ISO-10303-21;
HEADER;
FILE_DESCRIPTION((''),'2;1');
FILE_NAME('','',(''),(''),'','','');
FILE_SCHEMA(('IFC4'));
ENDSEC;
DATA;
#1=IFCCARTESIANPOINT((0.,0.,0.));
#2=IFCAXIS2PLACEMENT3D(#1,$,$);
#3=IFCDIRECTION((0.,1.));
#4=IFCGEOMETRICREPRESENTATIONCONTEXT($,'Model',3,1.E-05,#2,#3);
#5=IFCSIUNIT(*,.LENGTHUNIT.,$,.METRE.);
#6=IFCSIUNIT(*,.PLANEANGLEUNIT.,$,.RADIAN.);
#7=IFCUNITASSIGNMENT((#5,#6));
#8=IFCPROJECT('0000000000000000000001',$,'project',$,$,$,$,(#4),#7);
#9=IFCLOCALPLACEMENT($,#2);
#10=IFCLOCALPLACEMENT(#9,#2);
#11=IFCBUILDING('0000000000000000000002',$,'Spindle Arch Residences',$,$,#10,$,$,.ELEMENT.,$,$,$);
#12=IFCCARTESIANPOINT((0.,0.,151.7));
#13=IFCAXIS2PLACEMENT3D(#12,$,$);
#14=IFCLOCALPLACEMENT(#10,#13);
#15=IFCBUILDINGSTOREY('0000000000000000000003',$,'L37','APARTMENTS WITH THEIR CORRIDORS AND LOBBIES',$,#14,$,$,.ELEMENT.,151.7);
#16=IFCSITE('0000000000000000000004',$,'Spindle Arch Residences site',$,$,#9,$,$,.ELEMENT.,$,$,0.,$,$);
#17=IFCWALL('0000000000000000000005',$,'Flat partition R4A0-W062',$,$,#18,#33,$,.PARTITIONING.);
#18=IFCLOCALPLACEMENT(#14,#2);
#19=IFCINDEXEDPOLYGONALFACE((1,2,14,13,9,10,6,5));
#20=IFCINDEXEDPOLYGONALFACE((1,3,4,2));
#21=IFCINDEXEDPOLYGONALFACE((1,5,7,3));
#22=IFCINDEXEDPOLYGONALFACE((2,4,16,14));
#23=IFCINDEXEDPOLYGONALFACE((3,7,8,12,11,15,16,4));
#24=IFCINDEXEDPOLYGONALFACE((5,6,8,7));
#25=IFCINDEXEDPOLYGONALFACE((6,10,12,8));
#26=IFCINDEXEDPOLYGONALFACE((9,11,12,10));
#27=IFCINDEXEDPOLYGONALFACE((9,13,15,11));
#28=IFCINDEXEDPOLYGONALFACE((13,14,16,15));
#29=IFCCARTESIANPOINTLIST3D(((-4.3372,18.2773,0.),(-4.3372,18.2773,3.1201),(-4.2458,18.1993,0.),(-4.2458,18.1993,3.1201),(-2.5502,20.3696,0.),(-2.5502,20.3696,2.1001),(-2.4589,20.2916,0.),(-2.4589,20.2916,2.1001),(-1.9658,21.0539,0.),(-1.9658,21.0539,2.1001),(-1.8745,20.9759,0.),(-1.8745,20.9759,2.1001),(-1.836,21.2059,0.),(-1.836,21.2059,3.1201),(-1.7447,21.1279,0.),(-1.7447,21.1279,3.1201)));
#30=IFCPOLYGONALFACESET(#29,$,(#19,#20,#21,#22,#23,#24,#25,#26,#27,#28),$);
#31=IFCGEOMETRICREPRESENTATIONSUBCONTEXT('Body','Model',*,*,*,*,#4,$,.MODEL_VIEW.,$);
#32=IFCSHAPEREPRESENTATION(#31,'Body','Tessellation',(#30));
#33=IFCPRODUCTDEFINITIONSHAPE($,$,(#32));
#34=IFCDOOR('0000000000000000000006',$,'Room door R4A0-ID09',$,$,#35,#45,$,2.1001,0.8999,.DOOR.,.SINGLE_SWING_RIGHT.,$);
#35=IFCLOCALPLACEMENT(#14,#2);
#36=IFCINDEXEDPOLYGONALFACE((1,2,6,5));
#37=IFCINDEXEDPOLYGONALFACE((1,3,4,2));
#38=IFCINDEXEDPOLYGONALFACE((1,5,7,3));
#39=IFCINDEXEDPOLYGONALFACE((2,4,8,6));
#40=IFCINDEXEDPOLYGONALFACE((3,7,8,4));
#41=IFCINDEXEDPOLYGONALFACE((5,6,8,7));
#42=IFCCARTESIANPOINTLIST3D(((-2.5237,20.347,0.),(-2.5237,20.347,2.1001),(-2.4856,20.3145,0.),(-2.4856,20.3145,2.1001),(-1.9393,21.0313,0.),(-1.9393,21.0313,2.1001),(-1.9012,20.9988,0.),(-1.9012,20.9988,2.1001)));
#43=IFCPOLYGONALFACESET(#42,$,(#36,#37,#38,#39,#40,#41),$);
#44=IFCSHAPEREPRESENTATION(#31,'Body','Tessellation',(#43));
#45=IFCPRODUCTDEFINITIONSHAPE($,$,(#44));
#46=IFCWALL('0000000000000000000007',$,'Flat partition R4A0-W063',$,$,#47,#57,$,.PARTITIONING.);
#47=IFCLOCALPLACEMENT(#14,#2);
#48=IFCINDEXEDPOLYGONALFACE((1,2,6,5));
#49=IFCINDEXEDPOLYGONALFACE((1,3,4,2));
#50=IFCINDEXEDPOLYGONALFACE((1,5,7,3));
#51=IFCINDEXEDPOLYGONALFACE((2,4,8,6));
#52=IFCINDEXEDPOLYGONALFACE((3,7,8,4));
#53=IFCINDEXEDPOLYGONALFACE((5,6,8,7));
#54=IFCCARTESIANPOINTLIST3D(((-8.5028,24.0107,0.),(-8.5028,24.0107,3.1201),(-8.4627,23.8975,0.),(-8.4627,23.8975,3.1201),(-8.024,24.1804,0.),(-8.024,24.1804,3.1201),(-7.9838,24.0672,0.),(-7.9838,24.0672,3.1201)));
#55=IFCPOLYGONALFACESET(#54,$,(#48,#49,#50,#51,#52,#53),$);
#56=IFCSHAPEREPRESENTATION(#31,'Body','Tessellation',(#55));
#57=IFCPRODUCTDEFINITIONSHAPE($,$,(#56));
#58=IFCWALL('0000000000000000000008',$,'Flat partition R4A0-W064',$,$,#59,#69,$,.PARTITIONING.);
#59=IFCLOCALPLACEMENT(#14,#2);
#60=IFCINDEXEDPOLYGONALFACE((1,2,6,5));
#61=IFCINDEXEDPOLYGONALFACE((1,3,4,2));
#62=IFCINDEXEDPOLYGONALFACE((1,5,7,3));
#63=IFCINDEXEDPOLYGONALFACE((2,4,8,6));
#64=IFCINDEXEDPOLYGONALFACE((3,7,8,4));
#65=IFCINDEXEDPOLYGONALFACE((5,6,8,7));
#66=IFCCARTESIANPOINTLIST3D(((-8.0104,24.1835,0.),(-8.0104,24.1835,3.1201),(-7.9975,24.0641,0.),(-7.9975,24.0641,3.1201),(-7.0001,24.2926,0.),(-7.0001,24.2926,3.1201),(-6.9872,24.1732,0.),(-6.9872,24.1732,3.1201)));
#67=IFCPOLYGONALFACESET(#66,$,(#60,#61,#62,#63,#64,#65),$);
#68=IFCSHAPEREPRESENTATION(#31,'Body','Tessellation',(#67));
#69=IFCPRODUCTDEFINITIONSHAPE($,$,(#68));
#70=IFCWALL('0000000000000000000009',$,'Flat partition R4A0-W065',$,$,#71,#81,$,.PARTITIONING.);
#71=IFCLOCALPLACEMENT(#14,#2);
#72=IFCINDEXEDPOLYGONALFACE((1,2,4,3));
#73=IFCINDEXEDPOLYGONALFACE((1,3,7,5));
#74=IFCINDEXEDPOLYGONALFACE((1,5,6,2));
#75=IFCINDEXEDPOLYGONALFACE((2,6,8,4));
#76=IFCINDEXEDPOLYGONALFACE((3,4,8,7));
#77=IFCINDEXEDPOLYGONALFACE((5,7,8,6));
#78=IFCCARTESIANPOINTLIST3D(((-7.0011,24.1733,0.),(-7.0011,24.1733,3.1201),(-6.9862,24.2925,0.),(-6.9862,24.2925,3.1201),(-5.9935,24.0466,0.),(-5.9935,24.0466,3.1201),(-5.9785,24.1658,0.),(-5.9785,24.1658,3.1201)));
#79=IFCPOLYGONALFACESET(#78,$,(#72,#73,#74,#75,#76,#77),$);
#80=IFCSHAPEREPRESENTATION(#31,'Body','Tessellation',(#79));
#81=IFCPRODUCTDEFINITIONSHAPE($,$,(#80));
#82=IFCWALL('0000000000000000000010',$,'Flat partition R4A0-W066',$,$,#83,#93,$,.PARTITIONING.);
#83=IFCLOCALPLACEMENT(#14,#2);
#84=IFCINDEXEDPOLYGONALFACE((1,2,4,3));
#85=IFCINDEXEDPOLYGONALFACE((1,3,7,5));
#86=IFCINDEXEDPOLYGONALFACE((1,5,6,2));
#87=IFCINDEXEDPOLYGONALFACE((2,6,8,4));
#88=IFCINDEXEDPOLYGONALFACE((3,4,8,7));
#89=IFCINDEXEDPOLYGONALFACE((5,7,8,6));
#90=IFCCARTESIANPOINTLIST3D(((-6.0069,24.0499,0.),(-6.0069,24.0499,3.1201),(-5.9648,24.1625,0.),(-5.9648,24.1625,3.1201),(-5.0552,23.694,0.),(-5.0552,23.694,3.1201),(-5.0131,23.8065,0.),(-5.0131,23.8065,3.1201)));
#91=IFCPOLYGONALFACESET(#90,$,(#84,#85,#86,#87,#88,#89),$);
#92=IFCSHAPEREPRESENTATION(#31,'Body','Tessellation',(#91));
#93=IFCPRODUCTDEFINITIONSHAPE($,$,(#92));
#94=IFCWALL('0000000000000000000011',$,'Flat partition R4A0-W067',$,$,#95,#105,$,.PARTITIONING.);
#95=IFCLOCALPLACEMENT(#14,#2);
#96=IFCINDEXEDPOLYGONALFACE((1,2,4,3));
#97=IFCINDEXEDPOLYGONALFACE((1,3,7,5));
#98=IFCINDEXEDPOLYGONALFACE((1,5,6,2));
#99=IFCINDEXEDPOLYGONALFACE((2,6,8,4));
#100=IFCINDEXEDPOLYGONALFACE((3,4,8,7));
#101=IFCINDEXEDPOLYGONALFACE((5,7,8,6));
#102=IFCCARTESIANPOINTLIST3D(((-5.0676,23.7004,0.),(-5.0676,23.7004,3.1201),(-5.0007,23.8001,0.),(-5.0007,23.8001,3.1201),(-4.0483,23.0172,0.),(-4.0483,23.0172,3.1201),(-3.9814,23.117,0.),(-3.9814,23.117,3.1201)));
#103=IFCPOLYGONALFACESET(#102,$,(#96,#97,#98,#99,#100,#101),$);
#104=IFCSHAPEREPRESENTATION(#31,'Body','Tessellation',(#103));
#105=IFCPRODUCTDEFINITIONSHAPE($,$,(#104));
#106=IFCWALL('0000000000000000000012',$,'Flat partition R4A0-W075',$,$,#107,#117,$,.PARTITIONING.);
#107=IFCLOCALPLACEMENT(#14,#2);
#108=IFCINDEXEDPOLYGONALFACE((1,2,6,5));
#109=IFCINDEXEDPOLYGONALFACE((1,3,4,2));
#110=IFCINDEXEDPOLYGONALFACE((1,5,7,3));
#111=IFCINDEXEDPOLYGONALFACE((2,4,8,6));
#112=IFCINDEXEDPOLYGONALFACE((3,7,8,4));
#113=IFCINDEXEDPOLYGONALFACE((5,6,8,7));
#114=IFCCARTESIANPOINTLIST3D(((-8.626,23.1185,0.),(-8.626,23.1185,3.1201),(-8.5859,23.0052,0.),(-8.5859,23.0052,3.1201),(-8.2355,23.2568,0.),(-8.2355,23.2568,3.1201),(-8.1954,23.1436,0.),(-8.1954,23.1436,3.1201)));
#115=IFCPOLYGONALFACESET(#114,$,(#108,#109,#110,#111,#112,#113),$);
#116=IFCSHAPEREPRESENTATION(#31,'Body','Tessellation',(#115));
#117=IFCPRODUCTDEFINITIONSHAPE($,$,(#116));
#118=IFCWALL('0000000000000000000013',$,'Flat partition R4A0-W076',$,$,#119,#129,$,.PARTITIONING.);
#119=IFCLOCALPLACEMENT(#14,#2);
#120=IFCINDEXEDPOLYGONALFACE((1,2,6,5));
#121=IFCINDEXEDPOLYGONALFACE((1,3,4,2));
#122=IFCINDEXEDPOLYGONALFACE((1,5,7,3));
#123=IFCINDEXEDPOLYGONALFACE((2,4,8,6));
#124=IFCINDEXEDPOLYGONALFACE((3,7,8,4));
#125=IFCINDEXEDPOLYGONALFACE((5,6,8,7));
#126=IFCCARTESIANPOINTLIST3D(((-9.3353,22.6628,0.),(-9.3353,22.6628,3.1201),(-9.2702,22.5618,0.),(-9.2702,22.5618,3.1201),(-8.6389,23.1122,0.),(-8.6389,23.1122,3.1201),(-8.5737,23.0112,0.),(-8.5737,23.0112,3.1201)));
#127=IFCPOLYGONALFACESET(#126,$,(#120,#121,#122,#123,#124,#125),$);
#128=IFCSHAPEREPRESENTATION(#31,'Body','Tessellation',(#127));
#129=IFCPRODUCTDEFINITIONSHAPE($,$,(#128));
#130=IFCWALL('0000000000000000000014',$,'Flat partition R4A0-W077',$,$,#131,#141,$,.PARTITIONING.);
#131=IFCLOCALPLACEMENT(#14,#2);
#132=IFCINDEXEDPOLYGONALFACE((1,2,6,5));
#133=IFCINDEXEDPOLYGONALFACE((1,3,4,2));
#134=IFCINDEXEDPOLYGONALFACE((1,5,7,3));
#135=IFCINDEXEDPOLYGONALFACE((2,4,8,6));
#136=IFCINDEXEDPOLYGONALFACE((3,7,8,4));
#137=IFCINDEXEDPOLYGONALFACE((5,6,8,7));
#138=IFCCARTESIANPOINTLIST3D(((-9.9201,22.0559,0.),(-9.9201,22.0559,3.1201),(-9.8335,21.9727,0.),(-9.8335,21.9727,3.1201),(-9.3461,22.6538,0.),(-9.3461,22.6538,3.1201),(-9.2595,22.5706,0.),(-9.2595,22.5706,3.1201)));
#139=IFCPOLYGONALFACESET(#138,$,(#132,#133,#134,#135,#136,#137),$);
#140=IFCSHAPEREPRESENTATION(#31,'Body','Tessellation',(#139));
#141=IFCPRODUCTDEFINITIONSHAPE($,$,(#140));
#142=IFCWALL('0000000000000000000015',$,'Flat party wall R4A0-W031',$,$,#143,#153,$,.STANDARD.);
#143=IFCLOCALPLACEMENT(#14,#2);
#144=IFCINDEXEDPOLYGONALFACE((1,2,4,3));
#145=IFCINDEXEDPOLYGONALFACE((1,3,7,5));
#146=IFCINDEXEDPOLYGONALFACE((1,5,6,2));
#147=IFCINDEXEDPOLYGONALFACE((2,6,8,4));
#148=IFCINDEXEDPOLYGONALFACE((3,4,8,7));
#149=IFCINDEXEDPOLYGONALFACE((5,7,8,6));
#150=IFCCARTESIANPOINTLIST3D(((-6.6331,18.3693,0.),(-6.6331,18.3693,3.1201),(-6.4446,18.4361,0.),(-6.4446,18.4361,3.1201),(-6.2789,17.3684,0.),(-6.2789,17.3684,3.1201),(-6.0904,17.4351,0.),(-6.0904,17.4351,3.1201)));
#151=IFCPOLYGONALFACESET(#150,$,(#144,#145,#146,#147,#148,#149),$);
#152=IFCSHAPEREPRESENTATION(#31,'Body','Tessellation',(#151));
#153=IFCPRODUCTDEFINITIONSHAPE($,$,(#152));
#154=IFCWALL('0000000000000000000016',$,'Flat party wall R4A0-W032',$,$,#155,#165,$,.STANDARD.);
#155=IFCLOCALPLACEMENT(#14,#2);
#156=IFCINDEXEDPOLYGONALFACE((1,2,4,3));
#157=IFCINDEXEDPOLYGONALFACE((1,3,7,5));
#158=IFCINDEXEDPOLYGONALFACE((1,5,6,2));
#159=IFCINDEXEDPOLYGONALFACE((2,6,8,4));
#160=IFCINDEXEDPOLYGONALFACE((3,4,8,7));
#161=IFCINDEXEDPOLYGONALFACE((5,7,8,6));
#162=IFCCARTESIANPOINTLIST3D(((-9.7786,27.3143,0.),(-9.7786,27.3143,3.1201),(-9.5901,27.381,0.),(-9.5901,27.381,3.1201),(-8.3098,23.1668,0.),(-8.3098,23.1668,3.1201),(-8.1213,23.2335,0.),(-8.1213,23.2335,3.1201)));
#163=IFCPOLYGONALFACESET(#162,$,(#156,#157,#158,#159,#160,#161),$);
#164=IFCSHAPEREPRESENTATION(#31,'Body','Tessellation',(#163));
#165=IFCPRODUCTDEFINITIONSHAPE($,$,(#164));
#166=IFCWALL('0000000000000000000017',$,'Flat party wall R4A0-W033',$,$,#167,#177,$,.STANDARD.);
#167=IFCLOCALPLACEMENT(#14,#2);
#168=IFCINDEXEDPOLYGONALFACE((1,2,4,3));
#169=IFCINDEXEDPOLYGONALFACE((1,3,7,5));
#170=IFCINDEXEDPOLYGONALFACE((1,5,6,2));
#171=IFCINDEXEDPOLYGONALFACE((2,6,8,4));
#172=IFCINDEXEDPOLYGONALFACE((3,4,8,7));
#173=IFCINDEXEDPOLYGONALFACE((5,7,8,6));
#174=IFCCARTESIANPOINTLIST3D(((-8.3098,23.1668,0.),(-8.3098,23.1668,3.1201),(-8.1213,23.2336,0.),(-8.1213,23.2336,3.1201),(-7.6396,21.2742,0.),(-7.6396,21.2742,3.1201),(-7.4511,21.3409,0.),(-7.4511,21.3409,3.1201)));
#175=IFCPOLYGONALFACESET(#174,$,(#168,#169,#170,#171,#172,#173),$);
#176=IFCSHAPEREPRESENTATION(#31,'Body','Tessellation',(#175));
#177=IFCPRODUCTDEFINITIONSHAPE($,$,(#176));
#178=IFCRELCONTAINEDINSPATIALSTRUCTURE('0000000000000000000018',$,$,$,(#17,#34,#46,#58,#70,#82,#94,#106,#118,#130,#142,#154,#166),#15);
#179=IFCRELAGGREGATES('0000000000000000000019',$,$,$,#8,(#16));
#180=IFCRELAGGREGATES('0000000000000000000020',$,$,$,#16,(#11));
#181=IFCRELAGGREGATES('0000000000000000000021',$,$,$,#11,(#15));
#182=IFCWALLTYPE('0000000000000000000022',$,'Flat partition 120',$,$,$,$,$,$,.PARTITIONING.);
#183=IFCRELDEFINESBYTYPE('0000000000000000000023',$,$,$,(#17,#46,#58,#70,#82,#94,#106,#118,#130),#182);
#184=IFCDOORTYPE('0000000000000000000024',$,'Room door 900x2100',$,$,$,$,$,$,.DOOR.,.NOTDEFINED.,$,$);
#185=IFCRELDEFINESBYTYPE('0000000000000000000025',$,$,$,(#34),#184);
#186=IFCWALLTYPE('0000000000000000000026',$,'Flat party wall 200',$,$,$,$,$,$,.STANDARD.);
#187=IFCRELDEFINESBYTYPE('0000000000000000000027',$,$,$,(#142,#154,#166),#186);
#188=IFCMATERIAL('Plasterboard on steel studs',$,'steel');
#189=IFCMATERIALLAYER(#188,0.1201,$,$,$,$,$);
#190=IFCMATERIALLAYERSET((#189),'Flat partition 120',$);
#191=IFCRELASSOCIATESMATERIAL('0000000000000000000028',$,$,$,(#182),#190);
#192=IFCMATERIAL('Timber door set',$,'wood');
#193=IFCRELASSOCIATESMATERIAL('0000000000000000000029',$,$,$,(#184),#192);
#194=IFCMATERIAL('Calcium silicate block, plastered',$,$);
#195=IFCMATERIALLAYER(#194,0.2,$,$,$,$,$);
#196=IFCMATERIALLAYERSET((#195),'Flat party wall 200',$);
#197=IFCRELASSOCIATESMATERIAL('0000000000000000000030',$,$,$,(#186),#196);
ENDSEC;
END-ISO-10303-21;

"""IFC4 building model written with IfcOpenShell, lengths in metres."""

from ifc_helpers import new_model, si_unit, direction, frame, frame_2d, origin, place, context, subcontext, project, spatial, rectangle, extrude, material, layer, layer_set, type_object, element, fill, save


model = new_model("IFC4")

# Units and contexts
model_context = context("Model", 3, precision=1e-05, world=origin(), true_north=direction((0.0, 1.0)))
body_context = subcontext(model_context, "Body", "Model", "MODEL_VIEW")
ifc_project = project(units=[si_unit("LENGTHUNIT", "METRE"), si_unit("PLANEANGLEUNIT", "RADIAN")], contexts=[model_context])

# Site, building, storey
site_placement = place(None, origin())
site = spatial("IfcSite", under=ifc_project, at=site_placement, Name="Spindle Arch Residences site", CompositionType="ELEMENT", RefElevation=0.0)
building_placement = place(site_placement, origin())
building = spatial("IfcBuilding", under=site, at=building_placement, Name="Spindle Arch Residences", CompositionType="ELEMENT")
storey_placement = place(building_placement, frame((0.0, 0.0, 151.7)))
storey = spatial("IfcBuildingStorey", under=building, at=storey_placement, Name="L37", Description="APARTMENTS WITH THEIR CORRIDORS AND LOBBIES", CompositionType="ELEMENT", Elevation=151.7)

# Shared definitions
ifc_material_1 = material(Name="Plasterboard on steel studs", Category="steel")
ifc_layer_1 = layer(ifc_material_1, 0.1201)
ifc_layer_set_1 = layer_set([ifc_layer_1], Name="Flat partition 120")
wall_type_1 = type_object("IfcWallType", Name="Flat partition 120", PredefinedType="PARTITIONING", material=ifc_layer_set_1)

# Wall, opening, door
wall_1_placement = place(storey_placement, frame((-1.7903, 21.167, 0.0), z_axis=(0.0, 0.0, 1.0), x_axis=(-0.649428, -0.760423, 0.0)))
wall_1 = element("IfcWall", 1, at=wall_1_placement, inside=storey, type_object=wall_type_1, Name="Flat partition R4A0-W062", PredefinedType="PARTITIONING", context=body_context, shape_type="SweptSolid", body=[
    extrude(rectangle(XDim=3.8513, YDim=0.1201, at=frame_2d((1.9258, 0.0))), origin(), (0.0, 0.0, 1.0), 3.1201),
])
opening_placement = place(wall_1_placement, frame((0.2, 0.0, 0.0)))
opening = element("IfcOpeningElement", 2, at=opening_placement, cuts=wall_1, PredefinedType="OPENING", context=body_context, shape_type="SweptSolid", body=[
    extrude(rectangle(XDim=0.8999, YDim=2.1001, at=frame_2d((0.45, 1.05))), frame((0.0, 0.0701, 0.0), z_axis=(0.0, -1.0, 0.0), x_axis=(1.0, 0.0, 0.0)), (0.0, 0.0, 1.0), 0.1401),
])
ifc_material_2 = material(Name="Timber door set", Category="wood")
door_type = type_object("IfcDoorType", Name="Room door 900x2100", OperationType="NOTDEFINED", PredefinedType="DOOR", material=ifc_material_2)
door_placement = place(opening_placement, origin())
door = element("IfcDoor", 3, at=door_placement, inside=storey, type_object=door_type, Name="Room door R4A0-ID09", OperationType="SINGLE_SWING_RIGHT", OverallHeight=2.1001, OverallWidth=0.8999, PredefinedType="DOOR", context=body_context, shape_type="SweptSolid", body=[
    extrude(rectangle(XDim=0.8999, YDim=2.1001, at=frame_2d((0.45, 1.05))), frame((0.0, 0.0249, 0.0), z_axis=(0.0, -1.0, 0.0), x_axis=(1.0, 0.0, 0.0)), (0.0, 0.0, 1.0), 0.05),
])
fill(opening, door)

# Walls
wall_2_placement = place(storey_placement, frame((-8.4827, 23.9541, 0.0), z_axis=(0.0, 0.0, 1.0), x_axis=(0.942555, 0.334052, 0.0)))
element("IfcWall", 4, at=wall_2_placement, inside=storey, type_object=wall_type_1, Name="Flat partition R4A0-W063", PredefinedType="PARTITIONING", context=body_context, shape_type="SweptSolid", body=[
    extrude(rectangle(XDim=0.5081, YDim=0.1201, at=frame_2d((0.2539, 0.0))), origin(), (0.0, 0.0, 1.0), 3.1201),
])
wall_3_placement = place(storey_placement, frame((-8.0039, 24.1238, 0.0), z_axis=(0.0, 0.0, 1.0), x_axis=(0.994216, 0.107398, 0.0)))
element("IfcWall", 5, at=wall_3_placement, inside=storey, type_object=wall_type_1, Name="Flat partition R4A0-W064", PredefinedType="PARTITIONING", context=body_context, shape_type="SweptSolid", body=[
    extrude(rectangle(XDim=1.0161, YDim=0.1201, at=frame_2d((0.5081, 0.0))), origin(), (0.0, 0.0, 1.0), 3.1201),
])
wall_4_placement = place(storey_placement, frame((-6.9937, 24.2329, 0.0), z_axis=(0.0, 0.0, 1.0), x_axis=(0.992189, -0.124745, 0.0)))
element("IfcWall", 6, at=wall_4_placement, inside=storey, type_object=wall_type_1, Name="Flat partition R4A0-W065", PredefinedType="PARTITIONING", context=body_context, shape_type="SweptSolid", body=[
    extrude(rectangle(XDim=1.0156, YDim=0.1201, at=frame_2d((0.5078, 0.0))), origin(), (0.0, 0.0, 1.0), 3.1201),
])
wall_5_placement = place(storey_placement, frame((-5.9858, 24.1062, 0.0), z_axis=(0.0, 0.0, 1.0), x_axis=(0.936625, -0.350333, 0.0)))
element("IfcWall", 7, at=wall_5_placement, inside=storey, type_object=wall_type_1, Name="Flat partition R4A0-W066", PredefinedType="PARTITIONING", context=body_context, shape_type="SweptSolid", body=[
    extrude(rectangle(XDim=1.0161, YDim=0.1201, at=frame_2d((0.5081, 0.0))), origin(), (0.0, 0.0, 1.0), 3.1201),
])
wall_6_placement = place(storey_placement, frame((-5.0342, 23.7502, 0.0), z_axis=(0.0, 0.0, 1.0), x_axis=(0.830701, -0.556719, 0.0)))
element("IfcWall", 8, at=wall_6_placement, inside=storey, type_object=wall_type_1, Name="Flat partition R4A0-W067", PredefinedType="PARTITIONING", context=body_context, shape_type="SweptSolid", body=[
    extrude(rectangle(XDim=1.2271, YDim=0.1201, at=frame_2d((0.6135, 0.0))), origin(), (0.0, 0.0, 1.0), 3.1201),
])
wall_7_placement = place(storey_placement, frame((-8.2156, 23.2002, 0.0), z_axis=(0.0, 0.0, 1.0), x_axis=(-0.942565, -0.334022, 0.0)))
element("IfcWall", 9, at=wall_7_placement, inside=storey, type_object=wall_type_1, Name="Flat partition R4A0-W075", PredefinedType="PARTITIONING", context=body_context, shape_type="SweptSolid", body=[
    extrude(rectangle(XDim=0.4143, YDim=0.1201, at=frame_2d((0.207, 0.0))), origin(), (0.0, 0.0, 1.0), 3.1201),
])
for number, where, z_axis, x_axis, name in (
    (10, (-8.6062, 23.0618, 0.0), (0.0, 0.0, 1.0), (-0.840249, -0.542201, 0.0), "Flat partition R4A0-W076"),
    (11, (-9.3027, 22.6123, 0.0), (0.0, 0.0, 1.0), (-0.692526, -0.721393, 0.0), "Flat partition R4A0-W077"),
):
    element("IfcWall", number, at=place(storey_placement, frame(where, z_axis=z_axis, x_axis=x_axis)), inside=storey, type_object=wall_type_1, Name=name, PredefinedType="PARTITIONING", context=body_context, shape_type="SweptSolid", body=[
        extrude(rectangle(XDim=0.8289, YDim=0.1201, at=frame_2d((0.4146, 0.0))), origin(), (0.0, 0.0, 1.0), 3.1201),
    ])
ifc_material_3 = material(Name="Calcium silicate block, plastered")
ifc_layer_2 = layer(ifc_material_3, 0.2)
ifc_layer_set_2 = layer_set([ifc_layer_2], Name="Flat party wall 200")
wall_type_2 = type_object("IfcWallType", Name="Flat party wall 200", PredefinedType="STANDARD", material=ifc_layer_set_2)
wall_8_placement = place(storey_placement, frame((-6.5388, 18.4026, 0.0), z_axis=(0.0, 0.0, 1.0), x_axis=(0.333626, -0.942706, 0.0)))
element("IfcWall", 12, at=wall_8_placement, inside=storey, type_object=wall_type_2, Name="Flat party wall R4A0-W031", PredefinedType="STANDARD", context=body_context, shape_type="SweptSolid", body=[
    extrude(rectangle(XDim=1.0618, YDim=0.2, at=frame_2d((0.5308, 0.0))), origin(), (0.0, 0.0, 1.0), 3.1201),
])
wall_9_placement = place(storey_placement, frame((-9.6843, 27.3477, 0.0), z_axis=(0.0, 0.0, 1.0), x_axis=(0.333818, -0.942637, 0.0)))
element("IfcWall", 13, at=wall_9_placement, inside=storey, type_object=wall_type_2, Name="Flat party wall R4A0-W032", PredefinedType="STANDARD", context=body_context, shape_type="SweptSolid", body=[
    extrude(rectangle(XDim=4.3999, YDim=0.2, at=frame_2d((2.2, 0.0))), origin(), (0.0, 0.0, 1.0), 3.1201),
])
wall_10_placement = place(storey_placement, frame((-8.2156, 23.2002, 0.0), z_axis=(0.0, 0.0, 1.0), x_axis=(0.333793, -0.942646, 0.0)))
element("IfcWall", 14, at=wall_10_placement, inside=storey, type_object=wall_type_2, Name="Flat party wall R4A0-W033", PredefinedType="STANDARD", context=body_context, shape_type="SweptSolid", body=[
    extrude(rectangle(XDim=2.0078, YDim=0.2, at=frame_2d((1.0039, 0.0))), origin(), (0.0, 0.0, 1.0), 3.1201),
])

save(model, "model.ifc")
